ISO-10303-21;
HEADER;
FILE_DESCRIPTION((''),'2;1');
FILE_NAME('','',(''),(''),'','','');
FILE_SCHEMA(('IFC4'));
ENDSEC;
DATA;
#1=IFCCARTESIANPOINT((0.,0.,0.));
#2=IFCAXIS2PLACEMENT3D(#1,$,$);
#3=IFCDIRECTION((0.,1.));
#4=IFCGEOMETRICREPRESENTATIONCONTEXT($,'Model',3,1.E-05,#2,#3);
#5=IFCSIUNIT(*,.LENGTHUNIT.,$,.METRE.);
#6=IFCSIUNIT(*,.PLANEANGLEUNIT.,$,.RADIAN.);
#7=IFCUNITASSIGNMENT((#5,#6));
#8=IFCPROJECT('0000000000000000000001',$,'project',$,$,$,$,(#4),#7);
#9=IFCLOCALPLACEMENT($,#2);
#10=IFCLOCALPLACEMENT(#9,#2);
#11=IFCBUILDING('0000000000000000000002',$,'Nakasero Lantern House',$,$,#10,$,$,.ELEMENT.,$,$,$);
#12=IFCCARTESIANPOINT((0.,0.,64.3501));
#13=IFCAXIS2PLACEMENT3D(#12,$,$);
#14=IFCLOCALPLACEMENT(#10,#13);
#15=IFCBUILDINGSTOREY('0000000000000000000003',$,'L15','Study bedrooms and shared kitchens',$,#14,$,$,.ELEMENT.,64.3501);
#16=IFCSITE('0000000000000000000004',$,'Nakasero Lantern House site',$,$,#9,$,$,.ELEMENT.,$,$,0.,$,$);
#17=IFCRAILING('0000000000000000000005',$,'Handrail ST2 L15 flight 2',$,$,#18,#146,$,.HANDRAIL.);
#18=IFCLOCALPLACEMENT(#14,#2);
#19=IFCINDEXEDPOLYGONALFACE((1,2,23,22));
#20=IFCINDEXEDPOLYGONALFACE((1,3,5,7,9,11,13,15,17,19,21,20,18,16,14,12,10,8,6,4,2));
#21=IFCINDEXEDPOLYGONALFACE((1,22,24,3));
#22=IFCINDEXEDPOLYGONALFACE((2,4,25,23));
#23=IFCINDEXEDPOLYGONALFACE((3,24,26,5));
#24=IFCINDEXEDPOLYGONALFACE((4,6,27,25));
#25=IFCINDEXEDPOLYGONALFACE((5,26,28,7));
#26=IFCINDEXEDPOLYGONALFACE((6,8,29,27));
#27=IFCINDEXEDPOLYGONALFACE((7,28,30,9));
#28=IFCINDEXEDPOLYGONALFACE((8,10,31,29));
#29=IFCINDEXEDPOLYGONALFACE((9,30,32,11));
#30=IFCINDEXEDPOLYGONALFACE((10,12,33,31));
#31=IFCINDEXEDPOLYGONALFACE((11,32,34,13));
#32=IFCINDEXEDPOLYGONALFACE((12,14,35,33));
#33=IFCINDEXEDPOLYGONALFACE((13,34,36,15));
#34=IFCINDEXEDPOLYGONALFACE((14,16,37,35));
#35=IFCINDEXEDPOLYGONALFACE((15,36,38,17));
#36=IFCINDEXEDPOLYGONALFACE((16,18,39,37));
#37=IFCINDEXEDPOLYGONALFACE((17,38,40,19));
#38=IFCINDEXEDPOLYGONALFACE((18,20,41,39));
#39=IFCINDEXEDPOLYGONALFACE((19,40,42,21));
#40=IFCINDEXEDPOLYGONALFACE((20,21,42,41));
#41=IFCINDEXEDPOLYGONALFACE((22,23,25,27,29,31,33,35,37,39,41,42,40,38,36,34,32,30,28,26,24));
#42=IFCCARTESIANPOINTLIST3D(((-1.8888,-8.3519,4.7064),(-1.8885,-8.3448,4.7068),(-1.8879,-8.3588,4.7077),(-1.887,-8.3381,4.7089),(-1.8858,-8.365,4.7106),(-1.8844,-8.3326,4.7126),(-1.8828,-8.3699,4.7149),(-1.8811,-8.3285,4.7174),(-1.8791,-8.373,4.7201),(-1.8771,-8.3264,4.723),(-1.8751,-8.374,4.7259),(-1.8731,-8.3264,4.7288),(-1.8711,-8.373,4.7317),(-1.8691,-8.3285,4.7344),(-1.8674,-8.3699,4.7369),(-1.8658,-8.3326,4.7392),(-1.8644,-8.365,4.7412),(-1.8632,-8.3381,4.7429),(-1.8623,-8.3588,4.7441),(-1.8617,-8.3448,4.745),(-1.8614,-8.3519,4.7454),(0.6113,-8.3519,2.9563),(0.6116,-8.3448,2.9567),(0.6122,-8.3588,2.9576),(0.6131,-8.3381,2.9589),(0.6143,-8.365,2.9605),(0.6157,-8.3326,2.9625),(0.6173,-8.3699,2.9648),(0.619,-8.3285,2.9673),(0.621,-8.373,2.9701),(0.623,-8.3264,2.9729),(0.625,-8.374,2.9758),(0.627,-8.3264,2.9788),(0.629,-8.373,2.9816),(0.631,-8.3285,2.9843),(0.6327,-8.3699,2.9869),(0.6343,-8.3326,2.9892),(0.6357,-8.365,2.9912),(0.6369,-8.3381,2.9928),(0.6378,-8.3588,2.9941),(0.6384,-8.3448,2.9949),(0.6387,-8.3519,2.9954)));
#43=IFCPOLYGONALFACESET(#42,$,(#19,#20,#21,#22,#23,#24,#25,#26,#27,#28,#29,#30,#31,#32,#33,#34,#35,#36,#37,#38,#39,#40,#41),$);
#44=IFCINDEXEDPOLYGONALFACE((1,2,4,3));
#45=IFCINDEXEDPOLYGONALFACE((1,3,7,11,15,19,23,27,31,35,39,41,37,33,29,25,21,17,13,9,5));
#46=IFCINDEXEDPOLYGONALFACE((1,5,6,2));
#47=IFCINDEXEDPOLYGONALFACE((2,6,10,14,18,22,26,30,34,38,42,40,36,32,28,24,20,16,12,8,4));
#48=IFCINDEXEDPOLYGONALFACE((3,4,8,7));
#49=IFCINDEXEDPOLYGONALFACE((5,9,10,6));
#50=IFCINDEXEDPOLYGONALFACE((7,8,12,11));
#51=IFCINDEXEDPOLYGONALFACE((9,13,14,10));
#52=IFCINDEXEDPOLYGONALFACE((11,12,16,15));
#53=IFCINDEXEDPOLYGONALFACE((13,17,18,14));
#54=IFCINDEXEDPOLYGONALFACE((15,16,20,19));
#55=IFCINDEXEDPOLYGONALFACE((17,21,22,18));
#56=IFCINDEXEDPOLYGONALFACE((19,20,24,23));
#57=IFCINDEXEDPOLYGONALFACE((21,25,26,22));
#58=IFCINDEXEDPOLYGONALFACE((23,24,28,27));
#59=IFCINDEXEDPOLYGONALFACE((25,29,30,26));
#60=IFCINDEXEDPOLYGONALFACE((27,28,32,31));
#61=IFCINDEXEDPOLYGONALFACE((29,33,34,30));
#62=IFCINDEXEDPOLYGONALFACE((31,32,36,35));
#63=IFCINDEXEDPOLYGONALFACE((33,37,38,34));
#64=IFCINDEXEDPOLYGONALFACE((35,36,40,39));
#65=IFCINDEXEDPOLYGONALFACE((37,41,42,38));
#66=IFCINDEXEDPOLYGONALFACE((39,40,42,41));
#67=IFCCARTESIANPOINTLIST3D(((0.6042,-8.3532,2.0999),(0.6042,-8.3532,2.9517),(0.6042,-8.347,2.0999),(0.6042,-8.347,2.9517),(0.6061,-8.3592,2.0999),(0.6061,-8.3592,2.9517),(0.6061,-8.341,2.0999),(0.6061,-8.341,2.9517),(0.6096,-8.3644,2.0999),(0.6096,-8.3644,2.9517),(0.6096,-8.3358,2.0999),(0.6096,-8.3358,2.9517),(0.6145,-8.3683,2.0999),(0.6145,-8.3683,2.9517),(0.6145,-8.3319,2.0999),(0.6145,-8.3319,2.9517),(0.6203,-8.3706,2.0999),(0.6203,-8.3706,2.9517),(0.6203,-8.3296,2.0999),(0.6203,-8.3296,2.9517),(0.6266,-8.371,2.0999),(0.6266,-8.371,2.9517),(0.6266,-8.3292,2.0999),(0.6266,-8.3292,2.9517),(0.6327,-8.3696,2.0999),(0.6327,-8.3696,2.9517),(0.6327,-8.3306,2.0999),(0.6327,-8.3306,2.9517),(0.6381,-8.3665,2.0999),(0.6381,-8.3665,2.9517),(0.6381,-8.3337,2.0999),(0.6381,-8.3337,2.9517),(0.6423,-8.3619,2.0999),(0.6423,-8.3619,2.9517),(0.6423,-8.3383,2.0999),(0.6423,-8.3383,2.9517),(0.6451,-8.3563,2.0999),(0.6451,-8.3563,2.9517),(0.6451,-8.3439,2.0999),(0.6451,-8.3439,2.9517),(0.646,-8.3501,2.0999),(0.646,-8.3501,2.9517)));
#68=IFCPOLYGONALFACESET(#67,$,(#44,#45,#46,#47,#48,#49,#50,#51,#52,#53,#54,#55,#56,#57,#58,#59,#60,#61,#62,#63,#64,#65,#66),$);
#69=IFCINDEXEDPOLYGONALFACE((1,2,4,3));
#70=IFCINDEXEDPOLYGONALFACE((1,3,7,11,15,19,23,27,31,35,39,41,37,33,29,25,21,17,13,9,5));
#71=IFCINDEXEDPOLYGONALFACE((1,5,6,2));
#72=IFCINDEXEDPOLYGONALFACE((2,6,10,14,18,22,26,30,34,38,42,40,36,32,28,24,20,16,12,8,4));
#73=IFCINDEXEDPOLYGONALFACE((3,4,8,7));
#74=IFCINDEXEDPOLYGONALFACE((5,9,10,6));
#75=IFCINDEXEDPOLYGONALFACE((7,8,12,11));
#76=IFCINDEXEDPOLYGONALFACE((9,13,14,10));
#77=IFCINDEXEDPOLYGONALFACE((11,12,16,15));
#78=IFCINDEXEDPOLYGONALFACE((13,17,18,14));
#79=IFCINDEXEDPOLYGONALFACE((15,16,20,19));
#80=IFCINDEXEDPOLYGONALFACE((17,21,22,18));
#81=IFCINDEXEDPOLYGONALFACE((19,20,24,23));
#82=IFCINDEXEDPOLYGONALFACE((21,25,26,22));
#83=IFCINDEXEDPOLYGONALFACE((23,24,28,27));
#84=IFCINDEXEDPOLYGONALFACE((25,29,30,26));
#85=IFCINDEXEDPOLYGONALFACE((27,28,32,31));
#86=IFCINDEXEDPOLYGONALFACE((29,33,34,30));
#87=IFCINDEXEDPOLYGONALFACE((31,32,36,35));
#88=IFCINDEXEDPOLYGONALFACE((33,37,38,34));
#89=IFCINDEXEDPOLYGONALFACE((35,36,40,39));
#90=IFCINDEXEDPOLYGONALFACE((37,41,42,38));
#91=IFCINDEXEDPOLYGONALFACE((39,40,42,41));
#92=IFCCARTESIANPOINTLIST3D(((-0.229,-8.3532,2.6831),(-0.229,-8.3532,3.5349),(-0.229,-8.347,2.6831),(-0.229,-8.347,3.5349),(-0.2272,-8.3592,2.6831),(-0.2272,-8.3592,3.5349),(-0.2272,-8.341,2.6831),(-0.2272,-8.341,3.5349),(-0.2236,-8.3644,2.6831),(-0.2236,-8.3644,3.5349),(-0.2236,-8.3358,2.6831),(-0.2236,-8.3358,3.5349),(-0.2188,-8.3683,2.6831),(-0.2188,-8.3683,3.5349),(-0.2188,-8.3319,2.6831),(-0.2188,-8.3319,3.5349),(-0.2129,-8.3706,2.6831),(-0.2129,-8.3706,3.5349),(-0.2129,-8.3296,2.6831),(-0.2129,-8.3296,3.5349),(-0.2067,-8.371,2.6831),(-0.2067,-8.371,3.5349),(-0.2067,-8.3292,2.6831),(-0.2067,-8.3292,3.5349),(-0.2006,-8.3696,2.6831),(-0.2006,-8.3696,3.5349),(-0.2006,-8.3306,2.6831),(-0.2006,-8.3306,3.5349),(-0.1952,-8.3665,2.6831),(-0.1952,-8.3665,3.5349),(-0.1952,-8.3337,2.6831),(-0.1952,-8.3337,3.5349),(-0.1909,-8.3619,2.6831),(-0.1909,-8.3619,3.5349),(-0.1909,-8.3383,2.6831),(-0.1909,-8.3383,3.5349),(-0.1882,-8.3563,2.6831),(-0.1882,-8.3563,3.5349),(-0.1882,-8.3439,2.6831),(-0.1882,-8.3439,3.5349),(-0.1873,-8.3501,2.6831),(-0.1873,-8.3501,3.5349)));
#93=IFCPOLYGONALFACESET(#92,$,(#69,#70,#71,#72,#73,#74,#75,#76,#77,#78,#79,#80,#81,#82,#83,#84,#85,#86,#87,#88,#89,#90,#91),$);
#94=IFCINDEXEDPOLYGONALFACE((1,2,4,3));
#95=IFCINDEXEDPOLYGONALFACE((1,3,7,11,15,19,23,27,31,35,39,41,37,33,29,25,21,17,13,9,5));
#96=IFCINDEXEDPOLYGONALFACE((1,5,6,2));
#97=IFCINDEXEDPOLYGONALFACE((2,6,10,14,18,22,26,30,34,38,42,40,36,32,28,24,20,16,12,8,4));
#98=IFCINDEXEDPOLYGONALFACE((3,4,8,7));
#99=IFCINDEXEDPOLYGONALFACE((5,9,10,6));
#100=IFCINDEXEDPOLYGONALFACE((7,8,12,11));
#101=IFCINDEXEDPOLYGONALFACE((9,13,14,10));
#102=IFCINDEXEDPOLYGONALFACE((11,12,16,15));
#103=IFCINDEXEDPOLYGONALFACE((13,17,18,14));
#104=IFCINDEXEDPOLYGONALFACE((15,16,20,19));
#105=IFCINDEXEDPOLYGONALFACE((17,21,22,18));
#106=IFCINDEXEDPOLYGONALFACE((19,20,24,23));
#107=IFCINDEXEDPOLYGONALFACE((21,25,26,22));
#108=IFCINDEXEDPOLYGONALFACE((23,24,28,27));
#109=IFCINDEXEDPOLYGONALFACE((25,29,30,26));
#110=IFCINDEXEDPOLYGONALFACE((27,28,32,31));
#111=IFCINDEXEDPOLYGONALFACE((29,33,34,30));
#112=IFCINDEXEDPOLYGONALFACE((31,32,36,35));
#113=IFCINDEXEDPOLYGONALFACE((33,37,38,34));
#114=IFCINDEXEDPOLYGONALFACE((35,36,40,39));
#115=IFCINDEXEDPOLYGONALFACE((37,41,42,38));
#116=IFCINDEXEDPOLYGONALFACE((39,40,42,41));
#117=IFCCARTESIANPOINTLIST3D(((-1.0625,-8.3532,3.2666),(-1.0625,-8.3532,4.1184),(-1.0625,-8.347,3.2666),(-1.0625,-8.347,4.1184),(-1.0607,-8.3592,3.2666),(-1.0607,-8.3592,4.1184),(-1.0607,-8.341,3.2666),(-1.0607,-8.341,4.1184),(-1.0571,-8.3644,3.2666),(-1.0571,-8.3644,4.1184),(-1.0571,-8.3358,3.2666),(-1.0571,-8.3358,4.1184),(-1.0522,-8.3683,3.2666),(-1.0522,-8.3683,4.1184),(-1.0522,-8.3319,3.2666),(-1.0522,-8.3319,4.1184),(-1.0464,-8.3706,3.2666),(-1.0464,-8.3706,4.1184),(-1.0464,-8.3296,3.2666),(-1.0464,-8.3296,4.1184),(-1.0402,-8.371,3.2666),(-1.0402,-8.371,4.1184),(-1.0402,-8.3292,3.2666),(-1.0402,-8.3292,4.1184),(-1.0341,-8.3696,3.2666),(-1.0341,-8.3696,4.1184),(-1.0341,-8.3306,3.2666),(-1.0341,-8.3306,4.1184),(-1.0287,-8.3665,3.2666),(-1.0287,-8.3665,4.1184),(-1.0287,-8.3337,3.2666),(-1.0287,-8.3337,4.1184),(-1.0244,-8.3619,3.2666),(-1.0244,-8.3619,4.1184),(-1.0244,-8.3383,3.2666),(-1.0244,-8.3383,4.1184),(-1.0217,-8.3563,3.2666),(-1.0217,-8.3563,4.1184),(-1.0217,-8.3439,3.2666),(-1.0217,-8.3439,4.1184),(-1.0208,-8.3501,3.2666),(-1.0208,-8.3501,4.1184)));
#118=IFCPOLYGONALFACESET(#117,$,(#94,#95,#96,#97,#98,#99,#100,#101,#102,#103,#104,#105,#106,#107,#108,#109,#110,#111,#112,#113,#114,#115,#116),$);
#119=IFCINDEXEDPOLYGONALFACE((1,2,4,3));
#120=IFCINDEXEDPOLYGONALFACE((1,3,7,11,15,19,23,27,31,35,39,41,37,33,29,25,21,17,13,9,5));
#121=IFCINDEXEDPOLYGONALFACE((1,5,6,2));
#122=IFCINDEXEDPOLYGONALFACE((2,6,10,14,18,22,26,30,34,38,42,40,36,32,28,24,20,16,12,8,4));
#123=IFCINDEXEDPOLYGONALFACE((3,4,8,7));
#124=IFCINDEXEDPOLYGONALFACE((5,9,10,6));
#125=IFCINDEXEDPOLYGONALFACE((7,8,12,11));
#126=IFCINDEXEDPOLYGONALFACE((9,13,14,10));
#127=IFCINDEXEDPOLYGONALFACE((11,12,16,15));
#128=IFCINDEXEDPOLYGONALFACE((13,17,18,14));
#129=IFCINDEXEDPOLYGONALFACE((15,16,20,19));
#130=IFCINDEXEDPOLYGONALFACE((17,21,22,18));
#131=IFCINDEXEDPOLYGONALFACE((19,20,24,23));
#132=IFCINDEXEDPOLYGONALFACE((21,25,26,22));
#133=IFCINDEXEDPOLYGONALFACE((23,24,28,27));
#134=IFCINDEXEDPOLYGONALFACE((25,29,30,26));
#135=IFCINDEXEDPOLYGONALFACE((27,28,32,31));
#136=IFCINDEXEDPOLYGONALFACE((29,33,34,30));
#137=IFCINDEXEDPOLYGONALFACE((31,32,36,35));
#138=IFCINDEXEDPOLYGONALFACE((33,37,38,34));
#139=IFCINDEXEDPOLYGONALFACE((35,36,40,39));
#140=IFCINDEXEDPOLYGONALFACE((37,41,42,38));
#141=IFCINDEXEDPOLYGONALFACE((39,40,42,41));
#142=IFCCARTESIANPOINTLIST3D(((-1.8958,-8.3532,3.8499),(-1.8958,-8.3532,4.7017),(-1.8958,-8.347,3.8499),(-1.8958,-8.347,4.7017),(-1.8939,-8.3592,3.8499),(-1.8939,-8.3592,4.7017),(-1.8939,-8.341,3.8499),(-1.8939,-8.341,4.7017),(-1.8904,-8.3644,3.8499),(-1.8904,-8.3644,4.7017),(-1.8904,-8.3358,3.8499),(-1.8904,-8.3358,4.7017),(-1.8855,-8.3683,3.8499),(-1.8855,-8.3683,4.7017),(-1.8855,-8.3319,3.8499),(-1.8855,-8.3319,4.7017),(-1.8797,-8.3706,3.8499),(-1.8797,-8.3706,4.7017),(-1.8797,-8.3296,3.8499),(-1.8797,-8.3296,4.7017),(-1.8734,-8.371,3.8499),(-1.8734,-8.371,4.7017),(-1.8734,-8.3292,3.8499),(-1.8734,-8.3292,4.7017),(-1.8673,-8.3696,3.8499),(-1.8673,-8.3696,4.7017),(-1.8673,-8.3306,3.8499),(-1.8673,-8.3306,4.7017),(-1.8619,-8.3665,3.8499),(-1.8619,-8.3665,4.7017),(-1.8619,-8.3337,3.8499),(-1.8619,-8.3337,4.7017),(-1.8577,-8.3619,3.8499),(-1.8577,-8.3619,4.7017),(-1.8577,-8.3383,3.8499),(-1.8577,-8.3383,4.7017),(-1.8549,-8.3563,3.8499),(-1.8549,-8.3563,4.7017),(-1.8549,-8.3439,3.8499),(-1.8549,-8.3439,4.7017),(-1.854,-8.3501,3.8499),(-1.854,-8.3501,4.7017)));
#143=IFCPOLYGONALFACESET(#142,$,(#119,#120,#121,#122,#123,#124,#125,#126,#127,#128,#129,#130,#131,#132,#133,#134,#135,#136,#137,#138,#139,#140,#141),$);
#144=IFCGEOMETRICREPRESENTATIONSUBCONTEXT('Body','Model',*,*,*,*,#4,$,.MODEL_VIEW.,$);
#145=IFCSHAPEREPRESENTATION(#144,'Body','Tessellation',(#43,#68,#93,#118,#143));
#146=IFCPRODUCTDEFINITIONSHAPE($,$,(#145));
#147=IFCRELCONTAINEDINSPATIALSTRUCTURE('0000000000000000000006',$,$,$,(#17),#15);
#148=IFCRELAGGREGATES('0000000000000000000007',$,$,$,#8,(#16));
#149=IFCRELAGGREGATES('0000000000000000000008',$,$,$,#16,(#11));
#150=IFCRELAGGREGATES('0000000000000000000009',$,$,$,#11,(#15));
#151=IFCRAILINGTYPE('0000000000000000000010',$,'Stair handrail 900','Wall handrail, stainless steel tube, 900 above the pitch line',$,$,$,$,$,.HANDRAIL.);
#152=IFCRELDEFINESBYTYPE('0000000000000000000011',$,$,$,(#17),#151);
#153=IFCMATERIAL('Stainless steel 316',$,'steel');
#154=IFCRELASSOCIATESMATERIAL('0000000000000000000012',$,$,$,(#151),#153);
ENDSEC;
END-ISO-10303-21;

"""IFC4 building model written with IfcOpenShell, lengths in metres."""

from ifc_helpers import new_model, si_unit, direction, frame, origin, origin_2d, place, context, subcontext, project, spatial, circle, extrude, material, type_object, element, save


model = new_model("IFC4")

# Units and contexts
model_context = context("Model", 3, precision=1e-05, world=origin(), true_north=direction((0.0, 1.0)))
body_context = subcontext(model_context, "Body", "Model", "MODEL_VIEW")
ifc_project = project(units=[si_unit("LENGTHUNIT", "METRE"), si_unit("PLANEANGLEUNIT", "RADIAN")], contexts=[model_context])

# Site, building, storey
site_placement = place(None, origin())
site = spatial("IfcSite", under=ifc_project, at=site_placement, Name="Nakasero Lantern House site", CompositionType="ELEMENT", RefElevation=0.0)
building_placement = place(site_placement, origin())
building = spatial("IfcBuilding", under=site, at=building_placement, Name="Nakasero Lantern House", CompositionType="ELEMENT")
storey_placement = place(building_placement, frame((0.0, 0.0, 64.3501)))
storey = spatial("IfcBuildingStorey", under=building, at=storey_placement, Name="L15", Description="Study bedrooms and shared kitchens", CompositionType="ELEMENT", Elevation=64.3501)

# Railing
ifc_material_1 = material(Name="Stainless steel 316", Category="steel")
railing_type = type_object("IfcRailingType", Name="Stair handrail 900", Description="Wall handrail, stainless steel tube, 900 above the pitch line", PredefinedType="HANDRAIL", material=ifc_material_1)
railing_placement = place(storey_placement, frame((0.625, -8.3501, 2.0999)))
element("IfcRailing", 1, at=railing_placement, inside=storey, type_object=railing_type, Name="Handrail ST2 L15 flight 2", PredefinedType="HANDRAIL", context=body_context, shape_type="SweptSolid", body=[
    extrude(circle(Radius=0.0239, at=origin_2d()), frame((0.0, 0.0, 0.876), z_axis=(-0.819232, 0.0, 0.573462), x_axis=(0.0, -1.0, 0.0)), (0.0, 0.0, 1.0), 3.0518),
    extrude(circle(Radius=0.021, at=origin_2d()), origin(), (0.0, 0.0, 1.0), 0.8518),
    extrude(circle(Radius=0.021, at=origin_2d()), frame((-0.8333, 0.0, 0.5833)), (0.0, 0.0, 1.0), 0.8518),
    extrude(circle(Radius=0.021, at=origin_2d()), frame((-1.6667, 0.0, 1.1667)), (0.0, 0.0, 1.0), 0.8518),
    extrude(circle(Radius=0.021, at=origin_2d()), frame((-2.5, 0.0, 1.75)), (0.0, 0.0, 1.0), 0.8518),
])

save(model, "model.ifc")
